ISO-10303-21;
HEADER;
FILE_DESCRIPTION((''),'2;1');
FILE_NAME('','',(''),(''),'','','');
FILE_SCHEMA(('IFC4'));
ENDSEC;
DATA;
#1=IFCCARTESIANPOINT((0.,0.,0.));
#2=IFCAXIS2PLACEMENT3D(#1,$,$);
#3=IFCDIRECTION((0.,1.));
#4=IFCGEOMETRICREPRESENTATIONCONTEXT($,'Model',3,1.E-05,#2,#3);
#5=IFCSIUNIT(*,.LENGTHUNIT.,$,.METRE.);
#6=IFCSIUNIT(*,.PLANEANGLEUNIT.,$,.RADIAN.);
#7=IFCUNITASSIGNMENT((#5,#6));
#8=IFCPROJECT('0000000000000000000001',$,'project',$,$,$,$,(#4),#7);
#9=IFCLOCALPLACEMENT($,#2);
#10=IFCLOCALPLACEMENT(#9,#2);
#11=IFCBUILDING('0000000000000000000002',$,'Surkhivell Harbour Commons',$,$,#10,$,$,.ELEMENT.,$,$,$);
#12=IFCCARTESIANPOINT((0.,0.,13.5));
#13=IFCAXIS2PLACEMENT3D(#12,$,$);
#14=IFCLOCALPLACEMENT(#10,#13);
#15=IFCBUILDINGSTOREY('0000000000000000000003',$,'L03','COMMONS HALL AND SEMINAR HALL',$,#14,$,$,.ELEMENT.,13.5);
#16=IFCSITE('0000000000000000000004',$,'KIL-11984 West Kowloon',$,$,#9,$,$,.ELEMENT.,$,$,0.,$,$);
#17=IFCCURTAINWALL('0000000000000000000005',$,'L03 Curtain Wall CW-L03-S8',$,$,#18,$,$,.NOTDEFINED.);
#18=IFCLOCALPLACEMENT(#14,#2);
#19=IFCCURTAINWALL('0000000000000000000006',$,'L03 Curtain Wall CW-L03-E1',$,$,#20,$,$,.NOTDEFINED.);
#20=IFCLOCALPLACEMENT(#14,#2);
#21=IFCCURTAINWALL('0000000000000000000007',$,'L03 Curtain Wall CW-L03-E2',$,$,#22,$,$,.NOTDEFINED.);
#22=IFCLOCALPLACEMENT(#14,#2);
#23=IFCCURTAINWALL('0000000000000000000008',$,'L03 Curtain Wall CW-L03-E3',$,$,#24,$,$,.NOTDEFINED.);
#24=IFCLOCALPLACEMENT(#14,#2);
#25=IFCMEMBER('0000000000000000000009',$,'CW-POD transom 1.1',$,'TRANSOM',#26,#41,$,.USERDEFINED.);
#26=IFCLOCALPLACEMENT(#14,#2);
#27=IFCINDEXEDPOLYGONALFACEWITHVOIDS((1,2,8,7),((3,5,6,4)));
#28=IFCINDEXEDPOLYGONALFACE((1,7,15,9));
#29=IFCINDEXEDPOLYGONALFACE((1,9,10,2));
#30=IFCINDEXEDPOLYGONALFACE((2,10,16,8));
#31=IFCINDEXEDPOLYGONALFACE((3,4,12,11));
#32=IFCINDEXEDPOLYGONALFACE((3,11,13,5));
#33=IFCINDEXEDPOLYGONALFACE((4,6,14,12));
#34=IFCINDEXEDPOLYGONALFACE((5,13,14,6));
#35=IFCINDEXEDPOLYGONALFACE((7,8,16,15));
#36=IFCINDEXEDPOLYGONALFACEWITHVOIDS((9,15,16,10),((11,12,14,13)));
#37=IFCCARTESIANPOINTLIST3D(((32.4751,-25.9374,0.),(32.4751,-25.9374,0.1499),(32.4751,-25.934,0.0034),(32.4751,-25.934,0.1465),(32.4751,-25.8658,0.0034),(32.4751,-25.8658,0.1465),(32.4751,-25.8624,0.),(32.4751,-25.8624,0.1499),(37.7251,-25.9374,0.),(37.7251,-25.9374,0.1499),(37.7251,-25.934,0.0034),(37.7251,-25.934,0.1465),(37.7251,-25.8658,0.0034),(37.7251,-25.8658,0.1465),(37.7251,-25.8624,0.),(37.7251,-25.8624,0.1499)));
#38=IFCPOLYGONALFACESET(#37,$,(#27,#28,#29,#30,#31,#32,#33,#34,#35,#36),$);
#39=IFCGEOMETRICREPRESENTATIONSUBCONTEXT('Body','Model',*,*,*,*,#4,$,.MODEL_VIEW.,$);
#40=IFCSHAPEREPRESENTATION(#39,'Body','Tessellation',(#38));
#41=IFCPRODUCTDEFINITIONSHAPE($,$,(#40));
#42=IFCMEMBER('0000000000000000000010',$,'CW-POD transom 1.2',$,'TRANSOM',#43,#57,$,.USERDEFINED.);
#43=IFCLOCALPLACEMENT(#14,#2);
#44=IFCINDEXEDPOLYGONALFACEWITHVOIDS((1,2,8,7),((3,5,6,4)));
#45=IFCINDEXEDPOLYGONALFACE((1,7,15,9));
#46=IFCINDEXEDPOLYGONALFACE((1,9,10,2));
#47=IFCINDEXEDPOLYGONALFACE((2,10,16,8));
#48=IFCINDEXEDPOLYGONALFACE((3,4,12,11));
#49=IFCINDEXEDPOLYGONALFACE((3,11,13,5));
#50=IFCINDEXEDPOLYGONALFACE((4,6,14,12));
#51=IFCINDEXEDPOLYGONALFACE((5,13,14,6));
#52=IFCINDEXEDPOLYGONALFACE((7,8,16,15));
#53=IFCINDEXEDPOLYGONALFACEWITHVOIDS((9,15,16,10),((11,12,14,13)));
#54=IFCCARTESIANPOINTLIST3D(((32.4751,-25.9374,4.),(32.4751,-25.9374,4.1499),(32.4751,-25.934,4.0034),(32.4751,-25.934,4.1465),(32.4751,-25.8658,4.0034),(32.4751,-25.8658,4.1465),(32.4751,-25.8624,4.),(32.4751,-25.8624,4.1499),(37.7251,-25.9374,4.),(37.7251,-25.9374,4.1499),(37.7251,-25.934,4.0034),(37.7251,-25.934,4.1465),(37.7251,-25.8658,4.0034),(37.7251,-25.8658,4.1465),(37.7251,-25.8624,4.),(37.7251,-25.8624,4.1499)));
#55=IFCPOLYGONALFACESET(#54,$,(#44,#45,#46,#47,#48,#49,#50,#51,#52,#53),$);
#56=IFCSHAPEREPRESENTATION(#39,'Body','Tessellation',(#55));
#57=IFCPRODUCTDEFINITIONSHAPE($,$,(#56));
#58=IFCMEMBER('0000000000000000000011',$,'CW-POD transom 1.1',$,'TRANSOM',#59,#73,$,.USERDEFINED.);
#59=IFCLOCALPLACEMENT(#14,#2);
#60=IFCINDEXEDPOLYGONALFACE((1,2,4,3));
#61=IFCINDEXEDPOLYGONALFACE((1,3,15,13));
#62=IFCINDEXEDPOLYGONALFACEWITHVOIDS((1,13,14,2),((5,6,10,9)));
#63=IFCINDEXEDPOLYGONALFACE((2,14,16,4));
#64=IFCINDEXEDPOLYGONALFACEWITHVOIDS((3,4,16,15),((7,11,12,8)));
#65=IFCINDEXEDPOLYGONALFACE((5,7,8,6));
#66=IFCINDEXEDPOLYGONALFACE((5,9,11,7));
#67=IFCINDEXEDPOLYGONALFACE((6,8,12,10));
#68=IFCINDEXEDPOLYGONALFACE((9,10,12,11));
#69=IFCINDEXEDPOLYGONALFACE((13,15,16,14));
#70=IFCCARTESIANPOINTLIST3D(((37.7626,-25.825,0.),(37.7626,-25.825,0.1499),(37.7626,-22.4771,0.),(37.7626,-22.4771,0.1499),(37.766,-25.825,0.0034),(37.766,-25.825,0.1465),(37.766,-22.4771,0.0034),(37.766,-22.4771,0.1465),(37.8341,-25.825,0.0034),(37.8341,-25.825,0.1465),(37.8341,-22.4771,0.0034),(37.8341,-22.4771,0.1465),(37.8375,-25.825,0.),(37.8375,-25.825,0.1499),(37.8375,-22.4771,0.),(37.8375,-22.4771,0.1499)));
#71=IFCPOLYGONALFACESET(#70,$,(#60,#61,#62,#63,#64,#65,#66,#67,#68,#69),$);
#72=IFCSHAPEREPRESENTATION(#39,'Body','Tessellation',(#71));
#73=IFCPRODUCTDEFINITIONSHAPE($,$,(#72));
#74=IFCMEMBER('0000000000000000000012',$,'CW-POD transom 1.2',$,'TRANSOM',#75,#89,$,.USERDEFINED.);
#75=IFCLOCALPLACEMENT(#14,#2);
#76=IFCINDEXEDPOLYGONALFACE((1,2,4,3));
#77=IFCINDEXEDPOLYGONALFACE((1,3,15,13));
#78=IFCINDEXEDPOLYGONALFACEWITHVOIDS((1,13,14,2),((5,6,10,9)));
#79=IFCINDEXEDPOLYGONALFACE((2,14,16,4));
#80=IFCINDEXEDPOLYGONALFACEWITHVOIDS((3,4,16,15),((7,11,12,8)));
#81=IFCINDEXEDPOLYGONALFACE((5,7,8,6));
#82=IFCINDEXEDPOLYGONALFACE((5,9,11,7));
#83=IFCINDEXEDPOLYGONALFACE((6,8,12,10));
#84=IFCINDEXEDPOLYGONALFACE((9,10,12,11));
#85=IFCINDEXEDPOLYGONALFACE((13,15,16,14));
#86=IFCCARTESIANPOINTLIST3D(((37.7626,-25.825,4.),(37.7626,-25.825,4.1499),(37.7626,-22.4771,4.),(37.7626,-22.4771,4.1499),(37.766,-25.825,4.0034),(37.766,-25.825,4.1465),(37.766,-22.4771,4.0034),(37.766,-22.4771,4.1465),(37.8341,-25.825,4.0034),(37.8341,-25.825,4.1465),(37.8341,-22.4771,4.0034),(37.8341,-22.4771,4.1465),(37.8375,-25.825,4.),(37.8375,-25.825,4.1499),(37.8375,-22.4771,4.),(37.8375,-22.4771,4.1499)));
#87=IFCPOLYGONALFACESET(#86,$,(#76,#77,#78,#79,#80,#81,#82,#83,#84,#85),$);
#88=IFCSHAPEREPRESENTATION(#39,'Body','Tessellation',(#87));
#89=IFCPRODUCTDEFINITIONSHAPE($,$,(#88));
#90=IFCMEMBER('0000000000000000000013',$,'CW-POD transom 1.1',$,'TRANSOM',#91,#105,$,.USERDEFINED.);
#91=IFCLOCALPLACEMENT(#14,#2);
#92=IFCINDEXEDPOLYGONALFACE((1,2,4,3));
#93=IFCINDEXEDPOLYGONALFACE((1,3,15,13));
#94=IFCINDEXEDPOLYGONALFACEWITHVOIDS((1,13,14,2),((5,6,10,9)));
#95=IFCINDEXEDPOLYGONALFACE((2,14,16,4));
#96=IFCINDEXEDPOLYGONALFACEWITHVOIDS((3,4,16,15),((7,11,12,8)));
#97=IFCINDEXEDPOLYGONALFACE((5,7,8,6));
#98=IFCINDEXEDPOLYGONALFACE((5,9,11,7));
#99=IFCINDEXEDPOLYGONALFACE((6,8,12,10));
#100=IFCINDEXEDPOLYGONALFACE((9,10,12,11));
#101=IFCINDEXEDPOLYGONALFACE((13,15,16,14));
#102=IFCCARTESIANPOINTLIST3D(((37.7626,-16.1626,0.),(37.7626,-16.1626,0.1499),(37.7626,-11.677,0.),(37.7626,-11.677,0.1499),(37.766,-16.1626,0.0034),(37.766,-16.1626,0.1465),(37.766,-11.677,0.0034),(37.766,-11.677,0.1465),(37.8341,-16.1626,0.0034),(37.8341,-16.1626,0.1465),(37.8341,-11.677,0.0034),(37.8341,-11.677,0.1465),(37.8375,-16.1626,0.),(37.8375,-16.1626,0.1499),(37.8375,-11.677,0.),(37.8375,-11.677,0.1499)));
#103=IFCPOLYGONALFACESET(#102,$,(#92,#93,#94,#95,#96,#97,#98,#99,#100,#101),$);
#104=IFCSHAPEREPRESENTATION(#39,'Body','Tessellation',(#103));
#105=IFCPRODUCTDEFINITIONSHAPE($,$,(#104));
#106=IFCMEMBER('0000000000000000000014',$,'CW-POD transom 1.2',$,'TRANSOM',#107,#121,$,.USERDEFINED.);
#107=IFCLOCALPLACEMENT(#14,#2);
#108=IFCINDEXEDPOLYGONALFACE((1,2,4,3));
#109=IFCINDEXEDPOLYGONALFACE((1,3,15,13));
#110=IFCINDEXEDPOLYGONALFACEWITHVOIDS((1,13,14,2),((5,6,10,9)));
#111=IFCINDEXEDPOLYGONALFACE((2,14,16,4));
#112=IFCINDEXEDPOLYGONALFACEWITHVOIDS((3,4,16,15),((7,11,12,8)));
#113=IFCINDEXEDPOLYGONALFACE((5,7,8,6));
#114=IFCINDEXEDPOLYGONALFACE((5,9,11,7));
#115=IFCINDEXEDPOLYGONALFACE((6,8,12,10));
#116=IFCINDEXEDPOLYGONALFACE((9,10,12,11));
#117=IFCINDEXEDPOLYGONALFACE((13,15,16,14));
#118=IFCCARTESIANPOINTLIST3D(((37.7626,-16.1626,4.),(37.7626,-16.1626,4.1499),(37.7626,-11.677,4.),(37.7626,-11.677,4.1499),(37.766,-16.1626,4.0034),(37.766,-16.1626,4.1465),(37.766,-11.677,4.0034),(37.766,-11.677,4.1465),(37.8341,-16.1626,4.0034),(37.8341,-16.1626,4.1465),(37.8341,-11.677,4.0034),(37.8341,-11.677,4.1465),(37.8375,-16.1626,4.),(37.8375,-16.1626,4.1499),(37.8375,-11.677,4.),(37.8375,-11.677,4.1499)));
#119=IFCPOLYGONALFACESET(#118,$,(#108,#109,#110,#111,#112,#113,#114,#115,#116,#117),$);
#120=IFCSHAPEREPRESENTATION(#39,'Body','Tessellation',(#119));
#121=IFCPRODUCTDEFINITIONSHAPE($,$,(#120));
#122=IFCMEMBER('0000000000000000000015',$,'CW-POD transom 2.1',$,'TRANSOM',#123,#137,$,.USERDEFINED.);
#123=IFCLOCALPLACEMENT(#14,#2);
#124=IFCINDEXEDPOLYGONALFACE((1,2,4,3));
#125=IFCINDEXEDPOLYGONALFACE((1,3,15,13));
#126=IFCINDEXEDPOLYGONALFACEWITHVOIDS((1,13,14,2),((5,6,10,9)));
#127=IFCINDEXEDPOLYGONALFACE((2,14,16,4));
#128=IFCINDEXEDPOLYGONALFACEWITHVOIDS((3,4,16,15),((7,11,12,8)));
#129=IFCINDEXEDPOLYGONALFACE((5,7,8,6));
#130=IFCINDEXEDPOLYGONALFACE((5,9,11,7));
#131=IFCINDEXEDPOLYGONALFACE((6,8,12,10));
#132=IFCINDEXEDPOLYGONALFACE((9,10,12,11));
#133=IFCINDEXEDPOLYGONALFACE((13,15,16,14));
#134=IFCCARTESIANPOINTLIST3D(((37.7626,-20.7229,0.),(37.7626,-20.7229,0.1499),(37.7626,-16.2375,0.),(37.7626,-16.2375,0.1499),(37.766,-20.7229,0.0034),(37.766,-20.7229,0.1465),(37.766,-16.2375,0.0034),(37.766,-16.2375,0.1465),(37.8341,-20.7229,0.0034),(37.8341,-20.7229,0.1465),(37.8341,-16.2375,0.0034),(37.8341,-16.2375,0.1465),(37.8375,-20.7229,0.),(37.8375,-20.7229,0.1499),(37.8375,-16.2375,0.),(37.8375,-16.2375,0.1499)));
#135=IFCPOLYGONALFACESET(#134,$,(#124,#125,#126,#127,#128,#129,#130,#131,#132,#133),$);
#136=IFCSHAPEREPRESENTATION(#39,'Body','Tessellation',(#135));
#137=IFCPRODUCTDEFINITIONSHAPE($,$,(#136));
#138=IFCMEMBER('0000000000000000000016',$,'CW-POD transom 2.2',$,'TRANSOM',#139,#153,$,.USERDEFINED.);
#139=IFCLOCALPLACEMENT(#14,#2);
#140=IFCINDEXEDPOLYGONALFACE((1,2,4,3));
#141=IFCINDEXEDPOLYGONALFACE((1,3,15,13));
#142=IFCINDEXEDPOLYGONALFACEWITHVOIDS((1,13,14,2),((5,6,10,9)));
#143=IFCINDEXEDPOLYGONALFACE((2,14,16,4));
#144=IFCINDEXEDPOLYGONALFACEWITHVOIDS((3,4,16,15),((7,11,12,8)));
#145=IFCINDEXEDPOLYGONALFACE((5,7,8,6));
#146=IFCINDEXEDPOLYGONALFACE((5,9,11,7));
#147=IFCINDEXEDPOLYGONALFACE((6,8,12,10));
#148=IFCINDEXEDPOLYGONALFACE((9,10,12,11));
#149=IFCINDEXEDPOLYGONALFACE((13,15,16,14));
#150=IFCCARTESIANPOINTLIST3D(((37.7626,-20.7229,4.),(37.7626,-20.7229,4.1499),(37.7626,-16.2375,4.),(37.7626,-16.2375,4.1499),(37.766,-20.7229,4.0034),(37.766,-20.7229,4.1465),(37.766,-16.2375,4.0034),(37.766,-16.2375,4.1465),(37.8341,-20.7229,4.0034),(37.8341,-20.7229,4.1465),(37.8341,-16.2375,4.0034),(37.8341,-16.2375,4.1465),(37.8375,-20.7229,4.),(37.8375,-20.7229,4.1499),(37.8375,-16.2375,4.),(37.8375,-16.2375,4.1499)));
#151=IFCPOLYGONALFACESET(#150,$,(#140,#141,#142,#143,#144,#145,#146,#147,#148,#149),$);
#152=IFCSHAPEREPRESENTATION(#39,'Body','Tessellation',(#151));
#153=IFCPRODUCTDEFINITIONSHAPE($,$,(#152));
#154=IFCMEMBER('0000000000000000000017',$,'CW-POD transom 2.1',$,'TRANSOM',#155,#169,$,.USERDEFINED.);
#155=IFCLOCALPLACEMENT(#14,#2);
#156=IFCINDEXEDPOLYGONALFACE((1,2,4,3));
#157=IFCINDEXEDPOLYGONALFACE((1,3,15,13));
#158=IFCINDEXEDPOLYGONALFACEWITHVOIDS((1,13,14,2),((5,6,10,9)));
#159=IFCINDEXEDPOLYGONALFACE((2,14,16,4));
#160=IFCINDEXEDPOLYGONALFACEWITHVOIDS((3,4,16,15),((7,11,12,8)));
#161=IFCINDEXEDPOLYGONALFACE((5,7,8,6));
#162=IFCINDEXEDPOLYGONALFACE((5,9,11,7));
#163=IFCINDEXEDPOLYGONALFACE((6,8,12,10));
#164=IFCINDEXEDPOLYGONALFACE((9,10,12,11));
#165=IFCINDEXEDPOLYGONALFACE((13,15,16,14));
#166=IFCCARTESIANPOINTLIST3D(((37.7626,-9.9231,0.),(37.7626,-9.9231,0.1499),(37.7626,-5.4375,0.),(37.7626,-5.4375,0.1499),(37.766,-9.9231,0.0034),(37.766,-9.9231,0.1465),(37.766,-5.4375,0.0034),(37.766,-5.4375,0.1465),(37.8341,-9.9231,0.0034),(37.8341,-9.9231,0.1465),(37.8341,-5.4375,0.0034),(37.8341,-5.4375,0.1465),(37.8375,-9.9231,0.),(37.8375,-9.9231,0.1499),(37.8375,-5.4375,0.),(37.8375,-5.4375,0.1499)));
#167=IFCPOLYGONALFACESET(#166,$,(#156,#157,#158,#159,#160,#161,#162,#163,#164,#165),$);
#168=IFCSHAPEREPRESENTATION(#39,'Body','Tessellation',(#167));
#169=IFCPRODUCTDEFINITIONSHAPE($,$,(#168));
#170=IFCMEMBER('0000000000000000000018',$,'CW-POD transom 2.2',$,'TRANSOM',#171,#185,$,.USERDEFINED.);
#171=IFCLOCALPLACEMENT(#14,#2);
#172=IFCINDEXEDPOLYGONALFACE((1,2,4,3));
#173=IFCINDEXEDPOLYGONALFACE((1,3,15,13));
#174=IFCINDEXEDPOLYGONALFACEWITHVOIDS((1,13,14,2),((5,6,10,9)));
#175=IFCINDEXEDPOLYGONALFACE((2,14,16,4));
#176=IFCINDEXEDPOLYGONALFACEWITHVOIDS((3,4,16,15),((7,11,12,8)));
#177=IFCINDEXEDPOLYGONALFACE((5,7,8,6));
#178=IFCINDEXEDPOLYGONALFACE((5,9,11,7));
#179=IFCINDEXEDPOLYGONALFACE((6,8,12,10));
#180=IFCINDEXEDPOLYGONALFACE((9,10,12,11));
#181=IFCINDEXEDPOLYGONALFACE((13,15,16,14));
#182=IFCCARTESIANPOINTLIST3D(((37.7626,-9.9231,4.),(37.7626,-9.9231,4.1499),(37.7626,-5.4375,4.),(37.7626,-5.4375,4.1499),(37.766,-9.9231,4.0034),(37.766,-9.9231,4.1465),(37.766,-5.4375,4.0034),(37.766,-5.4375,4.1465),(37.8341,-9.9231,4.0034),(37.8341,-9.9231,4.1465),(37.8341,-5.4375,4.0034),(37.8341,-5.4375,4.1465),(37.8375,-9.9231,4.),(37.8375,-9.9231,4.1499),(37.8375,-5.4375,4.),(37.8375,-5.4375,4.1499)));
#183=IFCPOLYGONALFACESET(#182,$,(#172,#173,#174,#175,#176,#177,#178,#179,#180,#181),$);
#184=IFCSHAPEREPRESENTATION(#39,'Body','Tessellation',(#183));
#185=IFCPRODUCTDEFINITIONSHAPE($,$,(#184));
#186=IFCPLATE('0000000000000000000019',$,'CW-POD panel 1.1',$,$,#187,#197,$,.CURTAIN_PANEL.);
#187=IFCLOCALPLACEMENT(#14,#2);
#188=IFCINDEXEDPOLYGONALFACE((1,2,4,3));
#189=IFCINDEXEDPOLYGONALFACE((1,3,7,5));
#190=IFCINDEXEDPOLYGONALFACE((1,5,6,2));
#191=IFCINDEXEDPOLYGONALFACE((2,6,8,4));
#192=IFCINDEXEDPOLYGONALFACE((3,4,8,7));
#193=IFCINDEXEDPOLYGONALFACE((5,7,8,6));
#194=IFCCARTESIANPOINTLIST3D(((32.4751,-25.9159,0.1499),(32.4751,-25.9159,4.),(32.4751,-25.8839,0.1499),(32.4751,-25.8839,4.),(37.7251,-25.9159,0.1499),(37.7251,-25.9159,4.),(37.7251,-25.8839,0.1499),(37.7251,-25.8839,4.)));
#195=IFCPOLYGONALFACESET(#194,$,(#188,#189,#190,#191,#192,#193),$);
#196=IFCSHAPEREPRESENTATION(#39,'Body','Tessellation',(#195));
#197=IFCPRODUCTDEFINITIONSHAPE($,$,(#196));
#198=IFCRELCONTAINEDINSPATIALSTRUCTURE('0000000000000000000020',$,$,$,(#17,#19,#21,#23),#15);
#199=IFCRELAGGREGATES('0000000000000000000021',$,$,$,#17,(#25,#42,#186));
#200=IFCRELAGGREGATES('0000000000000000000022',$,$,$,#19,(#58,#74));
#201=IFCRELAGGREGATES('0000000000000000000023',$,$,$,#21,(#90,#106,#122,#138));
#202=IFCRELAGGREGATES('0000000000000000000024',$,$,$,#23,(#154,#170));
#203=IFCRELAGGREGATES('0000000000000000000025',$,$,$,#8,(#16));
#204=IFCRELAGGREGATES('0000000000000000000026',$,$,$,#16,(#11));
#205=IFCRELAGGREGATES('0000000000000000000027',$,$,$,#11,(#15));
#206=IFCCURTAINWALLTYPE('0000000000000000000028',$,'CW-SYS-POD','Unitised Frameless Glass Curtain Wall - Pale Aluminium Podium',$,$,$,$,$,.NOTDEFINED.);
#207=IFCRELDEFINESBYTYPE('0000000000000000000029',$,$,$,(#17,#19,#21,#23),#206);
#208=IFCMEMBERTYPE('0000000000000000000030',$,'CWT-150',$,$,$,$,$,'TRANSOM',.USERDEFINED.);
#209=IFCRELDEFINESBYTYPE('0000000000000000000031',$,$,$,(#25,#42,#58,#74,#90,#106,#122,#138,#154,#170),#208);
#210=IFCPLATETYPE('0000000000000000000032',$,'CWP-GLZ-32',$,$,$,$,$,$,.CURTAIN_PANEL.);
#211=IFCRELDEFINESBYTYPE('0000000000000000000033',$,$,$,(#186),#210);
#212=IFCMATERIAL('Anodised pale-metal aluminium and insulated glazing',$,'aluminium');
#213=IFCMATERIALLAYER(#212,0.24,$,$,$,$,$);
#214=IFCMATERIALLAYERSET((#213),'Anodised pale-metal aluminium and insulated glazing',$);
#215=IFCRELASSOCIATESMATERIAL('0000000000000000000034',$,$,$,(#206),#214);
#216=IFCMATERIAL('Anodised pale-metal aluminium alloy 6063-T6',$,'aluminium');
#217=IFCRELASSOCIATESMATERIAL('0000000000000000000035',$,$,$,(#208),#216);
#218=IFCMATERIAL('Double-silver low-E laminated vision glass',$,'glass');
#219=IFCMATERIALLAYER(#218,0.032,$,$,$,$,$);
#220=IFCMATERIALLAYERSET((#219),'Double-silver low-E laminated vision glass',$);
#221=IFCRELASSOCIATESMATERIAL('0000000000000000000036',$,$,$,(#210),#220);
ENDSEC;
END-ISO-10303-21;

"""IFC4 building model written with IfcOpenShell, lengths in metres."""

from ifc_helpers import new_model, si_unit, direction, frame, frame_2d, origin, origin_2d, place, context, subcontext, project, spatial, rectangle, hollow_rectangle, extrude, material, layer, layer_set, material_profile, profile_set, type_object, element, aggregate, save


model = new_model("IFC4")

# Units and contexts
model_context = context("Model", 3, precision=1e-05, world=origin(), true_north=direction((0.0, 1.0)))
body_context = subcontext(model_context, "Body", "Model", "MODEL_VIEW")
ifc_project = project(units=[si_unit("LENGTHUNIT", "METRE"), si_unit("PLANEANGLEUNIT", "RADIAN")], contexts=[model_context])

# Site, building, storey
site_placement = place(None, origin())
site = spatial("IfcSite", under=ifc_project, at=site_placement, Name="KIL-11984 West Kowloon", CompositionType="ELEMENT", RefElevation=0.0)
building_placement = place(site_placement, origin())
building = spatial("IfcBuilding", under=site, at=building_placement, Name="Surkhivell Harbour Commons", CompositionType="ELEMENT")
storey_placement = place(building_placement, frame((0.0, 0.0, 13.5)))
storey = spatial("IfcBuildingStorey", under=building, at=storey_placement, Name="L03", Description="COMMONS HALL AND SEMINAR HALL", CompositionType="ELEMENT", Elevation=13.5)

# Curtain wall
ifc_material_1 = material(Name="Anodised pale-metal aluminium and insulated glazing", Category="aluminium")
ifc_layer_1 = layer(ifc_material_1, 0.24)
ifc_layer_set_1 = layer_set([ifc_layer_1], Name="Anodised pale-metal aluminium and insulated glazing")
curtain_wall_type = type_object("IfcCurtainWallType", Name="CW-SYS-POD", Description="Unitised Frameless Glass Curtain Wall - Pale Aluminium Podium", PredefinedType="NOTDEFINED", material=ifc_layer_set_1)
curtain_wall_1_placement = place(storey_placement, origin())
curtain_wall_1 = element("IfcCurtainWall", 1, at=curtain_wall_1_placement, inside=storey, type_object=curtain_wall_type, Name="L03 Curtain Wall CW-L03-S8", PredefinedType="NOTDEFINED")
ifc_material_2 = material(Name="Anodised pale-metal aluminium alloy 6063-T6", Category="aluminium")

# Curtain walls
curtain_wall_2_placement = place(storey_placement, origin())
curtain_wall_2 = element("IfcCurtainWall", 2, at=curtain_wall_2_placement, inside=storey, type_object=curtain_wall_type, Name="L03 Curtain Wall CW-L03-E1", PredefinedType="NOTDEFINED")
curtain_wall_3_placement = place(storey_placement, origin())
curtain_wall_3 = element("IfcCurtainWall", 3, at=curtain_wall_3_placement, inside=storey, type_object=curtain_wall_type, Name="L03 Curtain Wall CW-L03-E2", PredefinedType="NOTDEFINED")
curtain_wall_4_placement = place(storey_placement, origin())
curtain_wall_4 = element("IfcCurtainWall", 4, at=curtain_wall_4_placement, inside=storey, type_object=curtain_wall_type, Name="L03 Curtain Wall CW-L03-E3", PredefinedType="NOTDEFINED")

# Members
ifc_material_profile_1 = material_profile(ifc_material_2, hollow_rectangle(XDim=0.075, YDim=0.1499, WallThickness=0.0034, at=origin_2d()), Name="ALU-TRAN-75x150")
ifc_profile_set_1 = profile_set([ifc_material_profile_1], Name="Anodised pale-metal aluminium alloy 6063-T6")
member_type_1 = type_object("IfcMemberType", Name="CWT-150", ElementType="TRANSOM", PredefinedType="USERDEFINED", material=ifc_profile_set_1)
member_1_placement = place(storey_placement, frame((37.7251, -25.8999, 0.075), z_axis=(-1.0, 0.0, 0.0), x_axis=(0.0, -1.0, 0.0)))
member_1 = element("IfcMember", 5, at=member_1_placement, type_object=member_type_1, Name="CW-POD transom 1.1", ObjectType="TRANSOM", PredefinedType="USERDEFINED", context=body_context, shape_type="SweptSolid", body=[
    extrude(hollow_rectangle(XDim=0.075, YDim=0.1499, WallThickness=0.0034, at=origin_2d()), origin(), (0.0, 0.0, 1.0), 5.25),
])
member_2_placement = place(storey_placement, frame((37.7251, -25.8999, 4.075), z_axis=(-1.0, 0.0, 0.0), x_axis=(0.0, -1.0, 0.0)))
member_2 = element("IfcMember", 6, at=member_2_placement, type_object=member_type_1, Name="CW-POD transom 1.2", ObjectType="TRANSOM", PredefinedType="USERDEFINED", context=body_context, shape_type="SweptSolid", body=[
    extrude(hollow_rectangle(XDim=0.075, YDim=0.1499, WallThickness=0.0034, at=origin_2d()), origin(), (0.0, 0.0, 1.0), 5.25),
])
member_3_placement = place(storey_placement, frame((37.8, -22.4771, 0.075), z_axis=(0.0, -1.0, 0.0), x_axis=(1.0, 0.0, 0.0)))
member_3 = element("IfcMember", 7, at=member_3_placement, type_object=member_type_1, Name="CW-POD transom 1.1", ObjectType="TRANSOM", PredefinedType="USERDEFINED", context=body_context, shape_type="SweptSolid", body=[
    extrude(hollow_rectangle(XDim=0.075, YDim=0.1499, WallThickness=0.0034, at=origin_2d()), origin(), (0.0, 0.0, 1.0), 3.3479),
])
member_4_placement = place(storey_placement, frame((37.8, -22.4771, 4.075), z_axis=(0.0, -1.0, 0.0), x_axis=(1.0, 0.0, 0.0)))
member_4 = element("IfcMember", 8, at=member_4_placement, type_object=member_type_1, Name="CW-POD transom 1.2", ObjectType="TRANSOM", PredefinedType="USERDEFINED", context=body_context, shape_type="SweptSolid", body=[
    extrude(hollow_rectangle(XDim=0.075, YDim=0.1499, WallThickness=0.0034, at=origin_2d()), origin(), (0.0, 0.0, 1.0), 3.3479),
])
member_5_placement = place(storey_placement, frame((37.8, -11.677, 0.075), z_axis=(0.0, -1.0, 0.0), x_axis=(1.0, 0.0, 0.0)))
member_5 = element("IfcMember", 9, at=member_5_placement, type_object=member_type_1, Name="CW-POD transom 1.1", ObjectType="TRANSOM", PredefinedType="USERDEFINED", context=body_context, shape_type="SweptSolid", body=[
    extrude(hollow_rectangle(XDim=0.075, YDim=0.1499, WallThickness=0.0034, at=origin_2d()), origin(), (0.0, 0.0, 1.0), 4.4856),
])
member_6_placement = place(storey_placement, frame((37.8, -11.677, 4.075), z_axis=(0.0, -1.0, 0.0), x_axis=(1.0, 0.0, 0.0)))
member_6 = element("IfcMember", 10, at=member_6_placement, type_object=member_type_1, Name="CW-POD transom 1.2", ObjectType="TRANSOM", PredefinedType="USERDEFINED", context=body_context, shape_type="SweptSolid", body=[
    extrude(hollow_rectangle(XDim=0.075, YDim=0.1499, WallThickness=0.0034, at=origin_2d()), origin(), (0.0, 0.0, 1.0), 4.4856),
])
member_7_placement = place(storey_placement, frame((37.8, -16.2375, 0.075), z_axis=(0.0, -1.0, 0.0), x_axis=(1.0, 0.0, 0.0)))
member_7 = element("IfcMember", 11, at=member_7_placement, type_object=member_type_1, Name="CW-POD transom 2.1", ObjectType="TRANSOM", PredefinedType="USERDEFINED", context=body_context, shape_type="SweptSolid", body=[
    extrude(hollow_rectangle(XDim=0.075, YDim=0.1499, WallThickness=0.0034, at=origin_2d()), origin(), (0.0, 0.0, 1.0), 4.4854),
])
member_8_placement = place(storey_placement, frame((37.8, -16.2375, 4.075), z_axis=(0.0, -1.0, 0.0), x_axis=(1.0, 0.0, 0.0)))
member_8 = element("IfcMember", 12, at=member_8_placement, type_object=member_type_1, Name="CW-POD transom 2.2", ObjectType="TRANSOM", PredefinedType="USERDEFINED", context=body_context, shape_type="SweptSolid", body=[
    extrude(hollow_rectangle(XDim=0.075, YDim=0.1499, WallThickness=0.0034, at=origin_2d()), origin(), (0.0, 0.0, 1.0), 4.4854),
])
member_9_placement = place(storey_placement, frame((37.8, -5.4375, 0.075), z_axis=(0.0, -1.0, 0.0), x_axis=(1.0, 0.0, 0.0)))
member_9 = element("IfcMember", 13, at=member_9_placement, type_object=member_type_1, Name="CW-POD transom 2.1", ObjectType="TRANSOM", PredefinedType="USERDEFINED", context=body_context, shape_type="SweptSolid", body=[
    extrude(hollow_rectangle(XDim=0.075, YDim=0.1499, WallThickness=0.0034, at=origin_2d()), origin(), (0.0, 0.0, 1.0), 4.4856),
])
member_10_placement = place(storey_placement, frame((37.8, -5.4375, 4.075), z_axis=(0.0, -1.0, 0.0), x_axis=(1.0, 0.0, 0.0)))
member_10 = element("IfcMember", 14, at=member_10_placement, type_object=member_type_1, Name="CW-POD transom 2.2", ObjectType="TRANSOM", PredefinedType="USERDEFINED", context=body_context, shape_type="SweptSolid", body=[
    extrude(hollow_rectangle(XDim=0.075, YDim=0.1499, WallThickness=0.0034, at=origin_2d()), origin(), (0.0, 0.0, 1.0), 4.4856),
])

# Plate
ifc_material_3 = material(Name="Double-silver low-E laminated vision glass", Category="glass")
ifc_layer_2 = layer(ifc_material_3, 0.032)
ifc_layer_set_2 = layer_set([ifc_layer_2], Name="Double-silver low-E laminated vision glass")
plate_type = type_object("IfcPlateType", Name="CWP-GLZ-32", PredefinedType="CURTAIN_PANEL", material=ifc_layer_set_2)
plate_1_placement = place(storey_placement, frame((37.7251, -25.8999, 0.1499), z_axis=(0.0, 0.0, 1.0), x_axis=(-1.0, 0.0, 0.0)))
plate_1 = element("IfcPlate", 15, at=plate_1_placement, type_object=plate_type, Name="CW-POD panel 1.1", PredefinedType="CURTAIN_PANEL", context=body_context, shape_type="SweptSolid", body=[
    extrude(rectangle(XDim=5.25, YDim=0.032, at=frame_2d((2.625, 0.0))), origin(), (0.0, 0.0, 1.0), 3.8501),
])
aggregate(curtain_wall_1, [member_1, member_2, plate_1])
aggregate(curtain_wall_2, [member_3, member_4])
aggregate(curtain_wall_3, [member_5, member_6, member_7, member_8])
aggregate(curtain_wall_4, [member_9, member_10])

save(model, "model.ifc")
